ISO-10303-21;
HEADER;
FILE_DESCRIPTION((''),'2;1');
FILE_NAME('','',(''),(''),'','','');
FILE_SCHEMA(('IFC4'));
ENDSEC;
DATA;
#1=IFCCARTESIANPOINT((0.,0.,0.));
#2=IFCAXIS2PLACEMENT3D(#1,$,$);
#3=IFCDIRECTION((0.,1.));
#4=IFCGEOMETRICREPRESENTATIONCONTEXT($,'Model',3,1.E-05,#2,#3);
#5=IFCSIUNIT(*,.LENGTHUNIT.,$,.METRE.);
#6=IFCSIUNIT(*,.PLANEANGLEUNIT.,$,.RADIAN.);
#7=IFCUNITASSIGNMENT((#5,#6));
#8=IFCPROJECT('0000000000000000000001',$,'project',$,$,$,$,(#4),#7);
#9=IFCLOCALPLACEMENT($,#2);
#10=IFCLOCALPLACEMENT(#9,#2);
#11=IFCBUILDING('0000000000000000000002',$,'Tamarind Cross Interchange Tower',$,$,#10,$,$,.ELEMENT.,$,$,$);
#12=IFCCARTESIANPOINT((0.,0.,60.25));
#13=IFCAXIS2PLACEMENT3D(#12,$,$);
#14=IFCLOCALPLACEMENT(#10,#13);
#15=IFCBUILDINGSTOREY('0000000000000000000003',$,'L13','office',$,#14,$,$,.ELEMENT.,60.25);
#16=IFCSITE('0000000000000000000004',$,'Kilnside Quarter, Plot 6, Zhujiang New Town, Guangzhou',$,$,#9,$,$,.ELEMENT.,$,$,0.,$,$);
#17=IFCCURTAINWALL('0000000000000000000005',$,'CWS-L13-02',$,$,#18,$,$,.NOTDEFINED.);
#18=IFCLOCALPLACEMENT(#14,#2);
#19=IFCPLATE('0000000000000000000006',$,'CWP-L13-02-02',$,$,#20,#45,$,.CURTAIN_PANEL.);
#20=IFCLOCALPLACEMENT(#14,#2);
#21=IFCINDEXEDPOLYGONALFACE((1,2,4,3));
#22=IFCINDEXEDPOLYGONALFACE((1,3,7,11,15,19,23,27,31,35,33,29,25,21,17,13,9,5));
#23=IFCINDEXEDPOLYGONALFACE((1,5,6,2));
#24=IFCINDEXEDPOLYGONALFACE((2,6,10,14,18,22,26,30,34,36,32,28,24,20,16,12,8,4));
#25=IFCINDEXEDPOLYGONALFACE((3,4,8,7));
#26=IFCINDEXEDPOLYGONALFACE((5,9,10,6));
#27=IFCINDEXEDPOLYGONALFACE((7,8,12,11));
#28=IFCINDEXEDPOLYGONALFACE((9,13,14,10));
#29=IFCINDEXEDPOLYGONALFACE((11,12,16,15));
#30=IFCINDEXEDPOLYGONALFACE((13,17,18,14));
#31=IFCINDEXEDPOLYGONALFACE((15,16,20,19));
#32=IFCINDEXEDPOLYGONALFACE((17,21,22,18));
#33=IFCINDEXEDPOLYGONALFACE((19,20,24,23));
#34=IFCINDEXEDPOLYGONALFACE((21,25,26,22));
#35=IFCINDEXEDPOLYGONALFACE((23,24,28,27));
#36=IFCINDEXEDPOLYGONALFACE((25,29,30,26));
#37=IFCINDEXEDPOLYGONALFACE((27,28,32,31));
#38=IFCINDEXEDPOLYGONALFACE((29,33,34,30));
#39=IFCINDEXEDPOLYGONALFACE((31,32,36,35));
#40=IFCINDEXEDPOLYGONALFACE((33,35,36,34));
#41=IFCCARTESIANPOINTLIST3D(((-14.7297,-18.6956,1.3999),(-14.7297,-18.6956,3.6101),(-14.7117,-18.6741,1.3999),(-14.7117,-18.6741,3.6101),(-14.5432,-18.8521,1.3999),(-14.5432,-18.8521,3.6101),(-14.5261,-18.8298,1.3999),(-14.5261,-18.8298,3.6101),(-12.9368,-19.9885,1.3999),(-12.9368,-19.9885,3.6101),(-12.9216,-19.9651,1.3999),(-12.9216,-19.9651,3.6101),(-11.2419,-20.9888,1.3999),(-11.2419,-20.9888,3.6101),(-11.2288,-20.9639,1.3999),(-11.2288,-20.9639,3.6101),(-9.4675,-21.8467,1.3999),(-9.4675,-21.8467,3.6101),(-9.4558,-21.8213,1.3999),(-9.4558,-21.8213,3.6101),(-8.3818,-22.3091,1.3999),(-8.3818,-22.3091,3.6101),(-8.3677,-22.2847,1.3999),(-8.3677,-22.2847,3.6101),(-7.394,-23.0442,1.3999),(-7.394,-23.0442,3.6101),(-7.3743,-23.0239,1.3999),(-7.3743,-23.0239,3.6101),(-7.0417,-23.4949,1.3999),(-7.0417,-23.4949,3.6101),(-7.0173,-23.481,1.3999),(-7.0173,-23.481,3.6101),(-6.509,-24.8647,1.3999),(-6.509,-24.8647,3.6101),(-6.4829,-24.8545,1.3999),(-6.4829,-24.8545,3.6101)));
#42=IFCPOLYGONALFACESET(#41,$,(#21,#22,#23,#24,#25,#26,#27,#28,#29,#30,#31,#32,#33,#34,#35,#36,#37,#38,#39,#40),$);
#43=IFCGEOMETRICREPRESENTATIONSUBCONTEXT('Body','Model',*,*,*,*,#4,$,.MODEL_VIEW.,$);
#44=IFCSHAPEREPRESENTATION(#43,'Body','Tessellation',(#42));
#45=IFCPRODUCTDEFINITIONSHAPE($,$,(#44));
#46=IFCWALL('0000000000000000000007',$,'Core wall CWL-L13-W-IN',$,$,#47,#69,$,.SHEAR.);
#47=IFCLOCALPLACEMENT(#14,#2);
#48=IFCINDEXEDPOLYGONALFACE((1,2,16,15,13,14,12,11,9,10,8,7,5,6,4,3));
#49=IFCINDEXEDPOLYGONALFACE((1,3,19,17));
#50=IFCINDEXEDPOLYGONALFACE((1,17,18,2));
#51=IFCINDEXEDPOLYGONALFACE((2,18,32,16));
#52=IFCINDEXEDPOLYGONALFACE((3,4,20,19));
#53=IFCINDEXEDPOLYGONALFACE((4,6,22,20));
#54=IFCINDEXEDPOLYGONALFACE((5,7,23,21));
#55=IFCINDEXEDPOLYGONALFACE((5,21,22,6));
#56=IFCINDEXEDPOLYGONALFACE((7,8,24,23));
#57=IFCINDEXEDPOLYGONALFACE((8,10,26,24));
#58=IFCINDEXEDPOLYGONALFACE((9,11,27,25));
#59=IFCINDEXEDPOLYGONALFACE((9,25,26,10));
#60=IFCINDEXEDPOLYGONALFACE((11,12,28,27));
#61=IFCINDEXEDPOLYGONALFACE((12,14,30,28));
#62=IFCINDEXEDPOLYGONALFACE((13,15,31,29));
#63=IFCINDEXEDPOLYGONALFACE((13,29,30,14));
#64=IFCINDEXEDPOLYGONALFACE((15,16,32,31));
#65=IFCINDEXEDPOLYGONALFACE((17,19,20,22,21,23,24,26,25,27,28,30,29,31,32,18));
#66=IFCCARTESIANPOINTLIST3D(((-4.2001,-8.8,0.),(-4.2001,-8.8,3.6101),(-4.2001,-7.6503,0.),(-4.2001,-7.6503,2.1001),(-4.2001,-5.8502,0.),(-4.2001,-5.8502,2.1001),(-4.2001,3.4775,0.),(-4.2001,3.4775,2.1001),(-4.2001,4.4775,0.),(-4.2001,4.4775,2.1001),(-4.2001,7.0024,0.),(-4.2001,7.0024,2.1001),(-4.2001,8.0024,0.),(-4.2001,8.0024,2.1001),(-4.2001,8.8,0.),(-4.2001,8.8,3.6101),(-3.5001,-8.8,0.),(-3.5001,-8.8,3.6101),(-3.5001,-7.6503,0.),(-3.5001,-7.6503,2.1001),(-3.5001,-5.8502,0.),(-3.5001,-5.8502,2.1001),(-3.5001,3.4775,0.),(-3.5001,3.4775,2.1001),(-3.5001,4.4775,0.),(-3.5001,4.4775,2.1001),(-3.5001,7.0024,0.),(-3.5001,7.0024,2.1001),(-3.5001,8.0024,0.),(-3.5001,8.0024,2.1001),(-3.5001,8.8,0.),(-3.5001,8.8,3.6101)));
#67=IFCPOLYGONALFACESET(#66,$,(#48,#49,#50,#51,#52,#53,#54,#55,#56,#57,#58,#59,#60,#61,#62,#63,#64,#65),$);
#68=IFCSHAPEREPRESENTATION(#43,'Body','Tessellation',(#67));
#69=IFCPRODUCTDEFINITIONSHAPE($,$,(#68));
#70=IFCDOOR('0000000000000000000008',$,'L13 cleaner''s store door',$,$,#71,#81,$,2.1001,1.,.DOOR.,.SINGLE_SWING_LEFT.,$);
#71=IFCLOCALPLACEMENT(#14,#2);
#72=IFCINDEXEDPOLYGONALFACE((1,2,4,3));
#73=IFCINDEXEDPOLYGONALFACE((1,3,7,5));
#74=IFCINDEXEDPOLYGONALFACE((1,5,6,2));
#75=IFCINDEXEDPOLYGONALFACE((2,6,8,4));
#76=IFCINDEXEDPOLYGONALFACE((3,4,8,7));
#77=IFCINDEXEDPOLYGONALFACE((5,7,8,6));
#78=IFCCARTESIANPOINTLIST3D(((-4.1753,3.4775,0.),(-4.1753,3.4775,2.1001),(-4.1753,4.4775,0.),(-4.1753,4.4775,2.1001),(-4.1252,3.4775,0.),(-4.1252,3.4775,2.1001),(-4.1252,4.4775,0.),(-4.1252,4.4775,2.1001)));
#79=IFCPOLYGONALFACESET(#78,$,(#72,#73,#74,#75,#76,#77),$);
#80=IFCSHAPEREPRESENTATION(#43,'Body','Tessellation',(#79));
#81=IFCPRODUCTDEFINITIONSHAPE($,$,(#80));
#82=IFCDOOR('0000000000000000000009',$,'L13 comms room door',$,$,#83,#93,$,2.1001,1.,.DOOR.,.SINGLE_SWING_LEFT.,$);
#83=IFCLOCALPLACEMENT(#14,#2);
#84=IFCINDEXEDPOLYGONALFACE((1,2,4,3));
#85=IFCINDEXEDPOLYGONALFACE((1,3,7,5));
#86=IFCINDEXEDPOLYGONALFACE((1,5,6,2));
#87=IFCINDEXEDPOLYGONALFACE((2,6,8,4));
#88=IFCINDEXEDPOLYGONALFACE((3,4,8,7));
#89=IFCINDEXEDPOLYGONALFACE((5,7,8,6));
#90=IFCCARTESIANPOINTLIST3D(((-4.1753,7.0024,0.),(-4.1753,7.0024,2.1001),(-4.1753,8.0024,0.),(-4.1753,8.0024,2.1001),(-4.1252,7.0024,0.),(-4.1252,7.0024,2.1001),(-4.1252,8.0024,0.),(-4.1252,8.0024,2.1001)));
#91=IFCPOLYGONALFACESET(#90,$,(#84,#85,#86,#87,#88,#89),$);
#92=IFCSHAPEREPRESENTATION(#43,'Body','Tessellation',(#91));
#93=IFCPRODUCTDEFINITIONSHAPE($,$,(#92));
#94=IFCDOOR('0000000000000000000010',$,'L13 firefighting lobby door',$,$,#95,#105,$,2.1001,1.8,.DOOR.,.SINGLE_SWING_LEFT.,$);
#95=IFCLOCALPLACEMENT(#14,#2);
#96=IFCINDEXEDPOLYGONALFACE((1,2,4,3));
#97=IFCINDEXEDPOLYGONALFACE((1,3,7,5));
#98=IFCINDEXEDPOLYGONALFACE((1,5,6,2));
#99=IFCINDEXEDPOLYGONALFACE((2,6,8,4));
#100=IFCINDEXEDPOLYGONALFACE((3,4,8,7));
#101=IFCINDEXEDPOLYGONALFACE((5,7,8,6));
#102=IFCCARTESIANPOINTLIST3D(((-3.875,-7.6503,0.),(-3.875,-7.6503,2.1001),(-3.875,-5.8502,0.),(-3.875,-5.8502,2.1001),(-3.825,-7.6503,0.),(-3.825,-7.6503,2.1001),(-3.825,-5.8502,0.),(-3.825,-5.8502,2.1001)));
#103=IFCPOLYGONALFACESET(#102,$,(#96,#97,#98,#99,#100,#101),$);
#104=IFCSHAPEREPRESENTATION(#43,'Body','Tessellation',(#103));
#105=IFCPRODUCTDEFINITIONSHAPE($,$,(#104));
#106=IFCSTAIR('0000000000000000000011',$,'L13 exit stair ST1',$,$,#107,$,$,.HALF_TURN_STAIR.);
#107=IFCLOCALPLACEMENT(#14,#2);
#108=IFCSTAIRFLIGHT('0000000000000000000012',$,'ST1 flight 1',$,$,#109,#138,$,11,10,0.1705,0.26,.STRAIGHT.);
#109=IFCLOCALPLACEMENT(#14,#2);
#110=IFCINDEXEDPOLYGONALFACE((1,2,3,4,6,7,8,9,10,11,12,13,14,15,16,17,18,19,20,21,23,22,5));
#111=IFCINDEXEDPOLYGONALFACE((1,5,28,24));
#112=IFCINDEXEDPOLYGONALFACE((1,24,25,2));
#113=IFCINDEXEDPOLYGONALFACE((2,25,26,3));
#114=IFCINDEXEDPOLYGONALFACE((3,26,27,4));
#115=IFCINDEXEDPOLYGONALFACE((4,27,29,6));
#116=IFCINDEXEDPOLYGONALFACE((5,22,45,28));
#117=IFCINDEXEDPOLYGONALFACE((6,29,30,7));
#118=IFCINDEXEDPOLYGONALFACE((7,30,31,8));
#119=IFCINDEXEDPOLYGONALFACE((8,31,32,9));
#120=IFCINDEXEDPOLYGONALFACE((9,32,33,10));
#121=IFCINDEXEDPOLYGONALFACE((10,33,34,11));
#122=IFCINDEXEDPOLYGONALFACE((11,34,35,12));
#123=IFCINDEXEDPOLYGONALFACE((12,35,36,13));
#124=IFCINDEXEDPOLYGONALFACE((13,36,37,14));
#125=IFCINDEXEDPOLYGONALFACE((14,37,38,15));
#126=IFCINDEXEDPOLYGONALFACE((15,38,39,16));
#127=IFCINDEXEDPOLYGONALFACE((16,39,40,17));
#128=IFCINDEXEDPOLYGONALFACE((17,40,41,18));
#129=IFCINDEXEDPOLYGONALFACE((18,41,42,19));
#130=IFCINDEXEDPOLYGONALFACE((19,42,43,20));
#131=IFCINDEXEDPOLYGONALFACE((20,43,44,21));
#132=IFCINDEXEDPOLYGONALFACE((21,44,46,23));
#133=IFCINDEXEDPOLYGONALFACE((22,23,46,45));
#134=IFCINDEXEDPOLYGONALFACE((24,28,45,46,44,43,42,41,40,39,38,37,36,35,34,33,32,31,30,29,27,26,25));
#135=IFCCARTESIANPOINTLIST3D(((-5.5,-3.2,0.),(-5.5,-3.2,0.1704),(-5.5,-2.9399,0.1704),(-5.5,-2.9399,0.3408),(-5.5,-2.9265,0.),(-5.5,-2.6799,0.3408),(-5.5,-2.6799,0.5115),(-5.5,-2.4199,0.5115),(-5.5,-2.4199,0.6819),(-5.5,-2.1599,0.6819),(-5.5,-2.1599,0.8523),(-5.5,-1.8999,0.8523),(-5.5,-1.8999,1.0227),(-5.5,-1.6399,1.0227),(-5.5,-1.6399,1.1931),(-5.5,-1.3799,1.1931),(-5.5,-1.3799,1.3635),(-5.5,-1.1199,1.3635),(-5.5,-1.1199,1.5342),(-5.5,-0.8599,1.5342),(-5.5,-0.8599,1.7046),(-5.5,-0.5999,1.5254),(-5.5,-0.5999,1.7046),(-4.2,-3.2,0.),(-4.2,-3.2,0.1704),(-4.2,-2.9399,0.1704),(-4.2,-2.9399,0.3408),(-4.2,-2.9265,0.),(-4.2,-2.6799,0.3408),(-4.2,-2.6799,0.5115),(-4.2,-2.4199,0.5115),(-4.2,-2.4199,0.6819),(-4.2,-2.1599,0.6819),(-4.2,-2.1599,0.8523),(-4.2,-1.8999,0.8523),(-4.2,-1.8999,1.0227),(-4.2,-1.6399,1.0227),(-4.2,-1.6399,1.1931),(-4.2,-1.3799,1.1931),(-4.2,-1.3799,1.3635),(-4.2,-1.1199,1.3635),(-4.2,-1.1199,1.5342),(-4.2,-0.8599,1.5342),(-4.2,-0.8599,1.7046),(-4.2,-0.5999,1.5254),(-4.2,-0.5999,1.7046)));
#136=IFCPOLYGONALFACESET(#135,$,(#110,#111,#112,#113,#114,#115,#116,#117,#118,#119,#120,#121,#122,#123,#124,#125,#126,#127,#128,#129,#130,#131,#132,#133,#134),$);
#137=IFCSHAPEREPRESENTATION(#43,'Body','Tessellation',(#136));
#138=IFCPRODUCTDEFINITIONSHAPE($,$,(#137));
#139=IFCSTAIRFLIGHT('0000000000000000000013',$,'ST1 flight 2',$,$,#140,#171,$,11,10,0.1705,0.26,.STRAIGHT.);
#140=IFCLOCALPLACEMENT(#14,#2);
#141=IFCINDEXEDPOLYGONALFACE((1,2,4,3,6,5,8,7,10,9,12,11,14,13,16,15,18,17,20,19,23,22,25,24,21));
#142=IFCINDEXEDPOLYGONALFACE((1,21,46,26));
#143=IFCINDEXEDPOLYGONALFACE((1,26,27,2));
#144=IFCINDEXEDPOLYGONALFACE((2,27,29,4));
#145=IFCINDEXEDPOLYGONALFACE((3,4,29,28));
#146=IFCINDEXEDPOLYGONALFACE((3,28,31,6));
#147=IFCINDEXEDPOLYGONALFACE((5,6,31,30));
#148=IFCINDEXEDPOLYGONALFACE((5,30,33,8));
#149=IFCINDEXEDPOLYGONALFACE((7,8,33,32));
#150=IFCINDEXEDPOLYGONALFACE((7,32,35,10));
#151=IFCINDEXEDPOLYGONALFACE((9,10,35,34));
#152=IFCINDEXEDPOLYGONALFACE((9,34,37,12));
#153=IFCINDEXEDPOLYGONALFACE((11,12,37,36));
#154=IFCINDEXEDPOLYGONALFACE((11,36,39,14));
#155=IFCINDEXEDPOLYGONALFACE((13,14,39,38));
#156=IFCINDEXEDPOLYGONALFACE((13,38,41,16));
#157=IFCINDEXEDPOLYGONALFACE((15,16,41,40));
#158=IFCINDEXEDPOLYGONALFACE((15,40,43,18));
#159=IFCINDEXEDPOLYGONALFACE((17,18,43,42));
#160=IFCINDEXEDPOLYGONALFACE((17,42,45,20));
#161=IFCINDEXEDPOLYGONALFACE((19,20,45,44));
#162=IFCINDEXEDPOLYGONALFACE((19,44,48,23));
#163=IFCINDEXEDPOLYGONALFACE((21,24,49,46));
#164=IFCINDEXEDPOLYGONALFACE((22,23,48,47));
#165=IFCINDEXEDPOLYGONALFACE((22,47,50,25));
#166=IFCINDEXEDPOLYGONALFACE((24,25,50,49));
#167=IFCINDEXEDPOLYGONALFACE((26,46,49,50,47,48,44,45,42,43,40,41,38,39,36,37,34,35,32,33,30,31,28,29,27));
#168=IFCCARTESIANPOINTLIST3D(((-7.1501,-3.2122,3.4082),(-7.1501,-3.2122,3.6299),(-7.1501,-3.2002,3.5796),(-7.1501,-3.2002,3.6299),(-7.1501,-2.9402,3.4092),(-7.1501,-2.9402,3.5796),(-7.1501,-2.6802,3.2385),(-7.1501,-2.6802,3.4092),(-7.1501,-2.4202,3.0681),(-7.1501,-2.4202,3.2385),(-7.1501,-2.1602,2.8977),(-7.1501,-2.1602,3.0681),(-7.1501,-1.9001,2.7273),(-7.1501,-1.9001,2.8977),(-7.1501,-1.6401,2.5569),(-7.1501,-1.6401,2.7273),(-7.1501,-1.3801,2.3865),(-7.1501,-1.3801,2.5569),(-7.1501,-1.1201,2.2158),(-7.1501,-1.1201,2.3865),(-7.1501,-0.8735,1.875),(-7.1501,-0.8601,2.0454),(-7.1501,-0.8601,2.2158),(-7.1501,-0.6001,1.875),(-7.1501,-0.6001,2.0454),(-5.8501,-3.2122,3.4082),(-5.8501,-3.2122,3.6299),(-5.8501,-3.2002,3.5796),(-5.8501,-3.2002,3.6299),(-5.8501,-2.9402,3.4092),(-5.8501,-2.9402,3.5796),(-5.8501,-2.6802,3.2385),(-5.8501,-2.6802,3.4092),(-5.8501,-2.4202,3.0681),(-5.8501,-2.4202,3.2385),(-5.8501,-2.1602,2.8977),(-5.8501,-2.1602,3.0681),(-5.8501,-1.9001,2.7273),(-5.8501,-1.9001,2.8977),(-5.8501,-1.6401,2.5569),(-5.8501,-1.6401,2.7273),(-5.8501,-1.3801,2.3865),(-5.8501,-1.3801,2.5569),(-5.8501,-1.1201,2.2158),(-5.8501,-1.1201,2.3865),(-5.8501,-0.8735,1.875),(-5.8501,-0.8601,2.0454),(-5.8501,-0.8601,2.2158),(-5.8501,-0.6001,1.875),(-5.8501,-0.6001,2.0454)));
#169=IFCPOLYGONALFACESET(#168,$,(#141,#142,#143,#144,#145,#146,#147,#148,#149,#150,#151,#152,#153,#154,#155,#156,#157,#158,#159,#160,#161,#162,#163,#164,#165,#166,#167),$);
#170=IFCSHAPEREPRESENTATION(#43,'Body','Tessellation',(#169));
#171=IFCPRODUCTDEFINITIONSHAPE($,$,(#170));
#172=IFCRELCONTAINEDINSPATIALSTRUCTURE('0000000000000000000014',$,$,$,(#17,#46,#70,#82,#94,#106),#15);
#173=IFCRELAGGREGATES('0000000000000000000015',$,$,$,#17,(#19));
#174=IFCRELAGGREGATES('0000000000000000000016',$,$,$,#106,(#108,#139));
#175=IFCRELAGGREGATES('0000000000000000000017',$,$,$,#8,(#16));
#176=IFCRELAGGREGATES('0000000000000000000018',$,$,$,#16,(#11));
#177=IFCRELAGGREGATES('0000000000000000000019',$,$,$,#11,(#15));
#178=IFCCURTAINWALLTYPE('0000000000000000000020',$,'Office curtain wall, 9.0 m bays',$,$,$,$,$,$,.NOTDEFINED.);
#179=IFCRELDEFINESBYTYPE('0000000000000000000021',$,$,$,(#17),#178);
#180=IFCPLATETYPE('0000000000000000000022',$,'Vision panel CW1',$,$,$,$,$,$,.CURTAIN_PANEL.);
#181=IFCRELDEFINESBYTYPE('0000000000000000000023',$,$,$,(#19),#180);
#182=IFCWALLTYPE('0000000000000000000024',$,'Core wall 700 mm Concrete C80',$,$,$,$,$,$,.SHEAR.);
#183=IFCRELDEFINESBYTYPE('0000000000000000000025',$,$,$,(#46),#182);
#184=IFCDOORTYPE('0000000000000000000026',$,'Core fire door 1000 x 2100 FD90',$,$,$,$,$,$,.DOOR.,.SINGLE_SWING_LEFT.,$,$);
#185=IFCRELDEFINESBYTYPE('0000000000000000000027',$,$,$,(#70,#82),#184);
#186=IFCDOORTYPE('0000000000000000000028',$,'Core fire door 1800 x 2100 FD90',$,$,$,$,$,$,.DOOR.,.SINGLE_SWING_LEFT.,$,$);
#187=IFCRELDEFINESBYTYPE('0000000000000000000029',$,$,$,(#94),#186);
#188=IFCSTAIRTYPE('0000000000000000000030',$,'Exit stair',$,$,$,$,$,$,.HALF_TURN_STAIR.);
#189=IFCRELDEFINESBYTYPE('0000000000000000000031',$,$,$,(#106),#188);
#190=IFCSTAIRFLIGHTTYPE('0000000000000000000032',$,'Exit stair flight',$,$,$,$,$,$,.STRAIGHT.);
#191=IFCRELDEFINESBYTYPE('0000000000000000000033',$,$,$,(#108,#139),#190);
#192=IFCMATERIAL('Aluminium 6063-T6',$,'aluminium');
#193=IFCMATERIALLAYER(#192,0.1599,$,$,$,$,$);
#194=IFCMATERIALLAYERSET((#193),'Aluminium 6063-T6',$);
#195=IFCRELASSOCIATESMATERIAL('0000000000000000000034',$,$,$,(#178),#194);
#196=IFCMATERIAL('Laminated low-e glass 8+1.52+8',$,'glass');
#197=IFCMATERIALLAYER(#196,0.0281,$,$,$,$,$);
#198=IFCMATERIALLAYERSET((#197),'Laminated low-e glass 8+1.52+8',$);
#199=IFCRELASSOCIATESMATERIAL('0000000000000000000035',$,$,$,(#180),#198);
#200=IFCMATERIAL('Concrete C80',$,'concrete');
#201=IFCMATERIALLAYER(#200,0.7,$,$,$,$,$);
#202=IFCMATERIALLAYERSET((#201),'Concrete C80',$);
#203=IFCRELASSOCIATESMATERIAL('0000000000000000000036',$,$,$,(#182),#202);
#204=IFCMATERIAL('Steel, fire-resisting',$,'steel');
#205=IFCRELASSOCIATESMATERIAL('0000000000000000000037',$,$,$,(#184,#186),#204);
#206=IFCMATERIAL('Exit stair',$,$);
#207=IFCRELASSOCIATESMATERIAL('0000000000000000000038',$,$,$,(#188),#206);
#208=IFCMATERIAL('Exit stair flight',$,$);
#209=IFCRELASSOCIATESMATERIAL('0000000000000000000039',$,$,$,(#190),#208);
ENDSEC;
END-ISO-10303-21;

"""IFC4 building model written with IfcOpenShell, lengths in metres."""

from ifc_helpers import new_model, si_unit, direction, frame, frame_2d, origin, place, context, subcontext, project, spatial, polyline, rectangle, outline, extrude, material, layer, layer_set, type_object, element, fill, aggregate, save


model = new_model("IFC4")

# Units and contexts
model_context = context("Model", 3, precision=1e-05, world=origin(), true_north=direction((0.0, 1.0)))
body_context = subcontext(model_context, "Body", "Model", "MODEL_VIEW")
ifc_project = project(units=[si_unit("LENGTHUNIT", "METRE"), si_unit("PLANEANGLEUNIT", "RADIAN")], contexts=[model_context])

# Site, building, storey
site_placement = place(None, origin())
site = spatial("IfcSite", under=ifc_project, at=site_placement, Name="Kilnside Quarter, Plot 6, Zhujiang New Town, Guangzhou", CompositionType="ELEMENT", RefElevation=0.0)
building_placement = place(site_placement, origin())
building = spatial("IfcBuilding", under=site, at=building_placement, Name="Tamarind Cross Interchange Tower", CompositionType="ELEMENT")
storey_placement = place(building_placement, frame((0.0, 0.0, 60.25)))
storey = spatial("IfcBuildingStorey", under=building, at=storey_placement, Name="L13", Description="office", CompositionType="ELEMENT", Elevation=60.25)

# Curtain wall
ifc_material_1 = material(Name="Aluminium 6063-T6", Category="aluminium")
ifc_layer_1 = layer(ifc_material_1, 0.1599)
ifc_layer_set_1 = layer_set([ifc_layer_1], Name="Aluminium 6063-T6")
curtain_wall_type = type_object("IfcCurtainWallType", Name="Office curtain wall, 9.0 m bays", PredefinedType="NOTDEFINED", material=ifc_layer_set_1)
curtain_wall_1_placement = place(storey_placement, origin())
curtain_wall_1 = element("IfcCurtainWall", 1, at=curtain_wall_1_placement, inside=storey, type_object=curtain_wall_type, Name="CWS-L13-02", PredefinedType="NOTDEFINED")

# Plate
ifc_material_2 = material(Name="Laminated low-e glass 8+1.52+8", Category="glass")
ifc_layer_2 = layer(ifc_material_2, 0.0281)
ifc_layer_set_2 = layer_set([ifc_layer_2], Name="Laminated low-e glass 8+1.52+8")
plate_type = type_object("IfcPlateType", Name="Vision panel CW1", PredefinedType="CURTAIN_PANEL", material=ifc_layer_set_2)
plate_1_placement = place(storey_placement, frame((0.0, 0.0, 1.3999)))
plate_1 = element("IfcPlate", 2, at=plate_1_placement, type_object=plate_type, Name="CWP-L13-02-02", PredefinedType="CURTAIN_PANEL", context=body_context, shape_type="SweptSolid", body=[
    extrude(outline(polyline([(-14.7117, -18.6741), (-14.5261, -18.8298), (-12.9216, -19.9651), (-11.2288, -20.9639), (-9.4558, -21.8213), (-8.3677, -22.2847), (-7.3743, -23.0239), (-7.0173, -23.481), (-6.4829, -24.8545), (-6.509, -24.8647), (-7.0417, -23.4949), (-7.394, -23.0442), (-8.3818, -22.3091), (-9.4675, -21.8467), (-11.2419, -20.9888), (-12.9368, -19.9885), (-14.5432, -18.8521), (-14.7297, -18.6956), (-14.7117, -18.6741)])), origin(), (0.0, 0.0, 1.0), 2.2102),
])
aggregate(curtain_wall_1, [plate_1])

# Wall, openings, doors
ifc_material_3 = material(Name="Concrete C80", Category="concrete")
ifc_layer_3 = layer(ifc_material_3, 0.7)
ifc_layer_set_3 = layer_set([ifc_layer_3], Name="Concrete C80")
wall_type = type_object("IfcWallType", Name="Core wall 700 mm Concrete C80", PredefinedType="SHEAR", material=ifc_layer_set_3)
wall_placement = place(storey_placement, frame((-3.8501, -8.8, 0.0), z_axis=(0.0, 0.0, 1.0), x_axis=(0.0, 1.0, 0.0)))
wall = element("IfcWall", 3, at=wall_placement, inside=storey, type_object=wall_type, Name="Core wall CWL-L13-W-IN", PredefinedType="SHEAR", context=body_context, shape_type="SweptSolid", body=[
    extrude(rectangle(XDim=17.6001, YDim=0.7, at=frame_2d((8.8, 0.0))), origin(), (0.0, 0.0, 1.0), 3.6101),
])
opening_1_placement = place(wall_placement, frame((1.1499, 0.0, 0.0)))
opening_1 = element("IfcOpeningElement", 4, at=opening_1_placement, cuts=wall, PredefinedType="OPENING", context=body_context, shape_type="SweptSolid", body=[
    extrude(rectangle(XDim=1.8, YDim=2.1001, at=frame_2d((0.8999, 1.05))), frame((0.0, 0.3599, 0.0), z_axis=(0.0, -1.0, 0.0), x_axis=(1.0, 0.0, 0.0)), (0.0, 0.0, 1.0), 0.72),
])
opening_2_placement = place(wall_placement, frame((12.2776, 0.0, 0.0)))
opening_2 = element("IfcOpeningElement", 5, at=opening_2_placement, cuts=wall, PredefinedType="OPENING", context=body_context, shape_type="SweptSolid", body=[
    extrude(rectangle(XDim=1.0, YDim=2.1001, at=frame_2d((0.5, 1.05))), frame((0.0, 0.3599, 0.0), z_axis=(0.0, -1.0, 0.0), x_axis=(1.0, 0.0, 0.0)), (0.0, 0.0, 1.0), 0.72),
])
opening_3_placement = place(wall_placement, frame((15.8025, 0.0, 0.0)))
opening_3 = element("IfcOpeningElement", 6, at=opening_3_placement, cuts=wall, PredefinedType="OPENING", context=body_context, shape_type="SweptSolid", body=[
    extrude(rectangle(XDim=1.0, YDim=2.1001, at=frame_2d((0.5, 1.05))), frame((0.0, 0.3599, 0.0), z_axis=(0.0, -1.0, 0.0), x_axis=(1.0, 0.0, 0.0)), (0.0, 0.0, 1.0), 0.72),
])
ifc_material_4 = material(Name="Steel, fire-resisting", Category="steel")
door_type_1 = type_object("IfcDoorType", Name="Core fire door 1000 x 2100 FD90", OperationType="SINGLE_SWING_LEFT", PredefinedType="DOOR", material=ifc_material_4)
door_1_placement = place(opening_2_placement, origin())
door_1 = element("IfcDoor", 7, at=door_1_placement, inside=storey, type_object=door_type_1, Name="L13 cleaner's store door", OperationType="SINGLE_SWING_LEFT", OverallHeight=2.1001, OverallWidth=1.0, PredefinedType="DOOR", context=body_context, shape_type="SweptSolid", body=[
    extrude(rectangle(XDim=1.0, YDim=2.1001, at=frame_2d((0.5, 1.05))), frame((0.0, 0.3252, 0.0), z_axis=(0.0, -1.0, 0.0), x_axis=(1.0, 0.0, 0.0)), (0.0, 0.0, 1.0), 0.05),
])
fill(opening_2, door_1)
door_2_placement = place(opening_3_placement, origin())
door_2 = element("IfcDoor", 8, at=door_2_placement, inside=storey, type_object=door_type_1, Name="L13 comms room door", OperationType="SINGLE_SWING_LEFT", OverallHeight=2.1001, OverallWidth=1.0, PredefinedType="DOOR", context=body_context, shape_type="SweptSolid", body=[
    extrude(rectangle(XDim=1.0, YDim=2.1001, at=frame_2d((0.5, 1.05))), frame((0.0, 0.3252, 0.0), z_axis=(0.0, -1.0, 0.0), x_axis=(1.0, 0.0, 0.0)), (0.0, 0.0, 1.0), 0.05),
])
fill(opening_3, door_2)
door_type_2 = type_object("IfcDoorType", Name="Core fire door 1800 x 2100 FD90", OperationType="SINGLE_SWING_LEFT", PredefinedType="DOOR", material=ifc_material_4)
door_3_placement = place(opening_1_placement, origin())
door_3 = element("IfcDoor", 9, at=door_3_placement, inside=storey, type_object=door_type_2, Name="L13 firefighting lobby door", OperationType="SINGLE_SWING_LEFT", OverallHeight=2.1001, OverallWidth=1.8, PredefinedType="DOOR", context=body_context, shape_type="SweptSolid", body=[
    extrude(rectangle(XDim=1.8, YDim=2.1001, at=frame_2d((0.8999, 1.05))), frame((0.0, 0.0249, 0.0), z_axis=(0.0, -1.0, 0.0), x_axis=(1.0, 0.0, 0.0)), (0.0, 0.0, 1.0), 0.05),
])
fill(opening_1, door_3)

# Stair, stair flights
ifc_material_5 = material(Name="Exit stair")
stair_type = type_object("IfcStairType", Name="Exit stair", PredefinedType="HALF_TURN_STAIR", material=ifc_material_5)
stair_placement = place(storey_placement, origin())
stair = element("IfcStair", 10, at=stair_placement, inside=storey, type_object=stair_type, Name="L13 exit stair ST1", PredefinedType="HALF_TURN_STAIR")
ifc_material_6 = material(Name="Exit stair flight")
stair_flight_type = type_object("IfcStairFlightType", Name="Exit stair flight", PredefinedType="STRAIGHT", material=ifc_material_6)
stair_flight_1_placement = place(storey_placement, frame((-4.8501, -3.2, 0.0), z_axis=(0.0, 0.0, 1.0), x_axis=(0.0, 1.0, 0.0)))
stair_flight_1 = element("IfcStairFlight", 11, at=stair_flight_1_placement, type_object=stair_flight_type, Name="ST1 flight 1", NumberOfRisers=11, NumberOfTreads=10, PredefinedType="STRAIGHT", RiserHeight=0.1705, TreadLength=0.26, context=body_context, shape_type="SweptSolid", body=[
    extrude(outline(polyline([(0.0, 0.0), (0.0, 0.1704), (0.26, 0.1704), (0.26, 0.3408), (0.52, 0.3408), (0.52, 0.5115), (0.78, 0.5115), (0.78, 0.6819), (1.04, 0.6819), (1.04, 0.8523), (1.3, 0.8523), (1.3, 1.0227), (1.5601, 1.0227), (1.5601, 1.1931), (1.8201, 1.1931), (1.8201, 1.3635), (2.0801, 1.3635), (2.0801, 1.5342), (2.3401, 1.5342), (2.3401, 1.7046), (2.6001, 1.7046), (2.6001, 1.875), (2.6001, 1.5254), (0.2734, 0.0), (0.0, 0.0)])), frame((0.0, 0.6499, 0.0), z_axis=(0.0, -1.0, 0.0), x_axis=(1.0, 0.0, 0.0)), (0.0, 0.0, 1.0), 1.3),
])
stair_flight_2_placement = place(storey_placement, frame((-6.5, -0.6001, 1.875), z_axis=(0.0, 0.0, 1.0), x_axis=(0.0, -1.0, 0.0)))
stair_flight_2 = element("IfcStairFlight", 12, at=stair_flight_2_placement, type_object=stair_flight_type, Name="ST1 flight 2", NumberOfRisers=11, NumberOfTreads=10, PredefinedType="STRAIGHT", RiserHeight=0.1705, TreadLength=0.26, context=body_context, shape_type="SweptSolid", body=[
    extrude(outline(polyline([(0.0, 0.0), (0.0, 0.1704), (0.26, 0.1704), (0.26, 0.3408), (0.52, 0.3408), (0.52, 0.5115), (0.78, 0.5115), (0.78, 0.6819), (1.04, 0.6819), (1.04, 0.8523), (1.3, 0.8523), (1.3, 1.0227), (1.5601, 1.0227), (1.5601, 1.1931), (1.8201, 1.1931), (1.8201, 1.3635), (2.0801, 1.3635), (2.0801, 1.5342), (2.3401, 1.5342), (2.3401, 1.7046), (2.6001, 1.7046), (2.6001, 1.7549), (2.6121, 1.7549), (2.6121, 1.5332), (0.2734, 0.0), (0.0, 0.0)])), frame((0.0, 0.6499, 0.0), z_axis=(0.0, -1.0, 0.0), x_axis=(1.0, 0.0, 0.0)), (0.0, 0.0, 1.0), 1.3),
])
aggregate(stair, [stair_flight_1, stair_flight_2])

save(model, "model.ifc")
